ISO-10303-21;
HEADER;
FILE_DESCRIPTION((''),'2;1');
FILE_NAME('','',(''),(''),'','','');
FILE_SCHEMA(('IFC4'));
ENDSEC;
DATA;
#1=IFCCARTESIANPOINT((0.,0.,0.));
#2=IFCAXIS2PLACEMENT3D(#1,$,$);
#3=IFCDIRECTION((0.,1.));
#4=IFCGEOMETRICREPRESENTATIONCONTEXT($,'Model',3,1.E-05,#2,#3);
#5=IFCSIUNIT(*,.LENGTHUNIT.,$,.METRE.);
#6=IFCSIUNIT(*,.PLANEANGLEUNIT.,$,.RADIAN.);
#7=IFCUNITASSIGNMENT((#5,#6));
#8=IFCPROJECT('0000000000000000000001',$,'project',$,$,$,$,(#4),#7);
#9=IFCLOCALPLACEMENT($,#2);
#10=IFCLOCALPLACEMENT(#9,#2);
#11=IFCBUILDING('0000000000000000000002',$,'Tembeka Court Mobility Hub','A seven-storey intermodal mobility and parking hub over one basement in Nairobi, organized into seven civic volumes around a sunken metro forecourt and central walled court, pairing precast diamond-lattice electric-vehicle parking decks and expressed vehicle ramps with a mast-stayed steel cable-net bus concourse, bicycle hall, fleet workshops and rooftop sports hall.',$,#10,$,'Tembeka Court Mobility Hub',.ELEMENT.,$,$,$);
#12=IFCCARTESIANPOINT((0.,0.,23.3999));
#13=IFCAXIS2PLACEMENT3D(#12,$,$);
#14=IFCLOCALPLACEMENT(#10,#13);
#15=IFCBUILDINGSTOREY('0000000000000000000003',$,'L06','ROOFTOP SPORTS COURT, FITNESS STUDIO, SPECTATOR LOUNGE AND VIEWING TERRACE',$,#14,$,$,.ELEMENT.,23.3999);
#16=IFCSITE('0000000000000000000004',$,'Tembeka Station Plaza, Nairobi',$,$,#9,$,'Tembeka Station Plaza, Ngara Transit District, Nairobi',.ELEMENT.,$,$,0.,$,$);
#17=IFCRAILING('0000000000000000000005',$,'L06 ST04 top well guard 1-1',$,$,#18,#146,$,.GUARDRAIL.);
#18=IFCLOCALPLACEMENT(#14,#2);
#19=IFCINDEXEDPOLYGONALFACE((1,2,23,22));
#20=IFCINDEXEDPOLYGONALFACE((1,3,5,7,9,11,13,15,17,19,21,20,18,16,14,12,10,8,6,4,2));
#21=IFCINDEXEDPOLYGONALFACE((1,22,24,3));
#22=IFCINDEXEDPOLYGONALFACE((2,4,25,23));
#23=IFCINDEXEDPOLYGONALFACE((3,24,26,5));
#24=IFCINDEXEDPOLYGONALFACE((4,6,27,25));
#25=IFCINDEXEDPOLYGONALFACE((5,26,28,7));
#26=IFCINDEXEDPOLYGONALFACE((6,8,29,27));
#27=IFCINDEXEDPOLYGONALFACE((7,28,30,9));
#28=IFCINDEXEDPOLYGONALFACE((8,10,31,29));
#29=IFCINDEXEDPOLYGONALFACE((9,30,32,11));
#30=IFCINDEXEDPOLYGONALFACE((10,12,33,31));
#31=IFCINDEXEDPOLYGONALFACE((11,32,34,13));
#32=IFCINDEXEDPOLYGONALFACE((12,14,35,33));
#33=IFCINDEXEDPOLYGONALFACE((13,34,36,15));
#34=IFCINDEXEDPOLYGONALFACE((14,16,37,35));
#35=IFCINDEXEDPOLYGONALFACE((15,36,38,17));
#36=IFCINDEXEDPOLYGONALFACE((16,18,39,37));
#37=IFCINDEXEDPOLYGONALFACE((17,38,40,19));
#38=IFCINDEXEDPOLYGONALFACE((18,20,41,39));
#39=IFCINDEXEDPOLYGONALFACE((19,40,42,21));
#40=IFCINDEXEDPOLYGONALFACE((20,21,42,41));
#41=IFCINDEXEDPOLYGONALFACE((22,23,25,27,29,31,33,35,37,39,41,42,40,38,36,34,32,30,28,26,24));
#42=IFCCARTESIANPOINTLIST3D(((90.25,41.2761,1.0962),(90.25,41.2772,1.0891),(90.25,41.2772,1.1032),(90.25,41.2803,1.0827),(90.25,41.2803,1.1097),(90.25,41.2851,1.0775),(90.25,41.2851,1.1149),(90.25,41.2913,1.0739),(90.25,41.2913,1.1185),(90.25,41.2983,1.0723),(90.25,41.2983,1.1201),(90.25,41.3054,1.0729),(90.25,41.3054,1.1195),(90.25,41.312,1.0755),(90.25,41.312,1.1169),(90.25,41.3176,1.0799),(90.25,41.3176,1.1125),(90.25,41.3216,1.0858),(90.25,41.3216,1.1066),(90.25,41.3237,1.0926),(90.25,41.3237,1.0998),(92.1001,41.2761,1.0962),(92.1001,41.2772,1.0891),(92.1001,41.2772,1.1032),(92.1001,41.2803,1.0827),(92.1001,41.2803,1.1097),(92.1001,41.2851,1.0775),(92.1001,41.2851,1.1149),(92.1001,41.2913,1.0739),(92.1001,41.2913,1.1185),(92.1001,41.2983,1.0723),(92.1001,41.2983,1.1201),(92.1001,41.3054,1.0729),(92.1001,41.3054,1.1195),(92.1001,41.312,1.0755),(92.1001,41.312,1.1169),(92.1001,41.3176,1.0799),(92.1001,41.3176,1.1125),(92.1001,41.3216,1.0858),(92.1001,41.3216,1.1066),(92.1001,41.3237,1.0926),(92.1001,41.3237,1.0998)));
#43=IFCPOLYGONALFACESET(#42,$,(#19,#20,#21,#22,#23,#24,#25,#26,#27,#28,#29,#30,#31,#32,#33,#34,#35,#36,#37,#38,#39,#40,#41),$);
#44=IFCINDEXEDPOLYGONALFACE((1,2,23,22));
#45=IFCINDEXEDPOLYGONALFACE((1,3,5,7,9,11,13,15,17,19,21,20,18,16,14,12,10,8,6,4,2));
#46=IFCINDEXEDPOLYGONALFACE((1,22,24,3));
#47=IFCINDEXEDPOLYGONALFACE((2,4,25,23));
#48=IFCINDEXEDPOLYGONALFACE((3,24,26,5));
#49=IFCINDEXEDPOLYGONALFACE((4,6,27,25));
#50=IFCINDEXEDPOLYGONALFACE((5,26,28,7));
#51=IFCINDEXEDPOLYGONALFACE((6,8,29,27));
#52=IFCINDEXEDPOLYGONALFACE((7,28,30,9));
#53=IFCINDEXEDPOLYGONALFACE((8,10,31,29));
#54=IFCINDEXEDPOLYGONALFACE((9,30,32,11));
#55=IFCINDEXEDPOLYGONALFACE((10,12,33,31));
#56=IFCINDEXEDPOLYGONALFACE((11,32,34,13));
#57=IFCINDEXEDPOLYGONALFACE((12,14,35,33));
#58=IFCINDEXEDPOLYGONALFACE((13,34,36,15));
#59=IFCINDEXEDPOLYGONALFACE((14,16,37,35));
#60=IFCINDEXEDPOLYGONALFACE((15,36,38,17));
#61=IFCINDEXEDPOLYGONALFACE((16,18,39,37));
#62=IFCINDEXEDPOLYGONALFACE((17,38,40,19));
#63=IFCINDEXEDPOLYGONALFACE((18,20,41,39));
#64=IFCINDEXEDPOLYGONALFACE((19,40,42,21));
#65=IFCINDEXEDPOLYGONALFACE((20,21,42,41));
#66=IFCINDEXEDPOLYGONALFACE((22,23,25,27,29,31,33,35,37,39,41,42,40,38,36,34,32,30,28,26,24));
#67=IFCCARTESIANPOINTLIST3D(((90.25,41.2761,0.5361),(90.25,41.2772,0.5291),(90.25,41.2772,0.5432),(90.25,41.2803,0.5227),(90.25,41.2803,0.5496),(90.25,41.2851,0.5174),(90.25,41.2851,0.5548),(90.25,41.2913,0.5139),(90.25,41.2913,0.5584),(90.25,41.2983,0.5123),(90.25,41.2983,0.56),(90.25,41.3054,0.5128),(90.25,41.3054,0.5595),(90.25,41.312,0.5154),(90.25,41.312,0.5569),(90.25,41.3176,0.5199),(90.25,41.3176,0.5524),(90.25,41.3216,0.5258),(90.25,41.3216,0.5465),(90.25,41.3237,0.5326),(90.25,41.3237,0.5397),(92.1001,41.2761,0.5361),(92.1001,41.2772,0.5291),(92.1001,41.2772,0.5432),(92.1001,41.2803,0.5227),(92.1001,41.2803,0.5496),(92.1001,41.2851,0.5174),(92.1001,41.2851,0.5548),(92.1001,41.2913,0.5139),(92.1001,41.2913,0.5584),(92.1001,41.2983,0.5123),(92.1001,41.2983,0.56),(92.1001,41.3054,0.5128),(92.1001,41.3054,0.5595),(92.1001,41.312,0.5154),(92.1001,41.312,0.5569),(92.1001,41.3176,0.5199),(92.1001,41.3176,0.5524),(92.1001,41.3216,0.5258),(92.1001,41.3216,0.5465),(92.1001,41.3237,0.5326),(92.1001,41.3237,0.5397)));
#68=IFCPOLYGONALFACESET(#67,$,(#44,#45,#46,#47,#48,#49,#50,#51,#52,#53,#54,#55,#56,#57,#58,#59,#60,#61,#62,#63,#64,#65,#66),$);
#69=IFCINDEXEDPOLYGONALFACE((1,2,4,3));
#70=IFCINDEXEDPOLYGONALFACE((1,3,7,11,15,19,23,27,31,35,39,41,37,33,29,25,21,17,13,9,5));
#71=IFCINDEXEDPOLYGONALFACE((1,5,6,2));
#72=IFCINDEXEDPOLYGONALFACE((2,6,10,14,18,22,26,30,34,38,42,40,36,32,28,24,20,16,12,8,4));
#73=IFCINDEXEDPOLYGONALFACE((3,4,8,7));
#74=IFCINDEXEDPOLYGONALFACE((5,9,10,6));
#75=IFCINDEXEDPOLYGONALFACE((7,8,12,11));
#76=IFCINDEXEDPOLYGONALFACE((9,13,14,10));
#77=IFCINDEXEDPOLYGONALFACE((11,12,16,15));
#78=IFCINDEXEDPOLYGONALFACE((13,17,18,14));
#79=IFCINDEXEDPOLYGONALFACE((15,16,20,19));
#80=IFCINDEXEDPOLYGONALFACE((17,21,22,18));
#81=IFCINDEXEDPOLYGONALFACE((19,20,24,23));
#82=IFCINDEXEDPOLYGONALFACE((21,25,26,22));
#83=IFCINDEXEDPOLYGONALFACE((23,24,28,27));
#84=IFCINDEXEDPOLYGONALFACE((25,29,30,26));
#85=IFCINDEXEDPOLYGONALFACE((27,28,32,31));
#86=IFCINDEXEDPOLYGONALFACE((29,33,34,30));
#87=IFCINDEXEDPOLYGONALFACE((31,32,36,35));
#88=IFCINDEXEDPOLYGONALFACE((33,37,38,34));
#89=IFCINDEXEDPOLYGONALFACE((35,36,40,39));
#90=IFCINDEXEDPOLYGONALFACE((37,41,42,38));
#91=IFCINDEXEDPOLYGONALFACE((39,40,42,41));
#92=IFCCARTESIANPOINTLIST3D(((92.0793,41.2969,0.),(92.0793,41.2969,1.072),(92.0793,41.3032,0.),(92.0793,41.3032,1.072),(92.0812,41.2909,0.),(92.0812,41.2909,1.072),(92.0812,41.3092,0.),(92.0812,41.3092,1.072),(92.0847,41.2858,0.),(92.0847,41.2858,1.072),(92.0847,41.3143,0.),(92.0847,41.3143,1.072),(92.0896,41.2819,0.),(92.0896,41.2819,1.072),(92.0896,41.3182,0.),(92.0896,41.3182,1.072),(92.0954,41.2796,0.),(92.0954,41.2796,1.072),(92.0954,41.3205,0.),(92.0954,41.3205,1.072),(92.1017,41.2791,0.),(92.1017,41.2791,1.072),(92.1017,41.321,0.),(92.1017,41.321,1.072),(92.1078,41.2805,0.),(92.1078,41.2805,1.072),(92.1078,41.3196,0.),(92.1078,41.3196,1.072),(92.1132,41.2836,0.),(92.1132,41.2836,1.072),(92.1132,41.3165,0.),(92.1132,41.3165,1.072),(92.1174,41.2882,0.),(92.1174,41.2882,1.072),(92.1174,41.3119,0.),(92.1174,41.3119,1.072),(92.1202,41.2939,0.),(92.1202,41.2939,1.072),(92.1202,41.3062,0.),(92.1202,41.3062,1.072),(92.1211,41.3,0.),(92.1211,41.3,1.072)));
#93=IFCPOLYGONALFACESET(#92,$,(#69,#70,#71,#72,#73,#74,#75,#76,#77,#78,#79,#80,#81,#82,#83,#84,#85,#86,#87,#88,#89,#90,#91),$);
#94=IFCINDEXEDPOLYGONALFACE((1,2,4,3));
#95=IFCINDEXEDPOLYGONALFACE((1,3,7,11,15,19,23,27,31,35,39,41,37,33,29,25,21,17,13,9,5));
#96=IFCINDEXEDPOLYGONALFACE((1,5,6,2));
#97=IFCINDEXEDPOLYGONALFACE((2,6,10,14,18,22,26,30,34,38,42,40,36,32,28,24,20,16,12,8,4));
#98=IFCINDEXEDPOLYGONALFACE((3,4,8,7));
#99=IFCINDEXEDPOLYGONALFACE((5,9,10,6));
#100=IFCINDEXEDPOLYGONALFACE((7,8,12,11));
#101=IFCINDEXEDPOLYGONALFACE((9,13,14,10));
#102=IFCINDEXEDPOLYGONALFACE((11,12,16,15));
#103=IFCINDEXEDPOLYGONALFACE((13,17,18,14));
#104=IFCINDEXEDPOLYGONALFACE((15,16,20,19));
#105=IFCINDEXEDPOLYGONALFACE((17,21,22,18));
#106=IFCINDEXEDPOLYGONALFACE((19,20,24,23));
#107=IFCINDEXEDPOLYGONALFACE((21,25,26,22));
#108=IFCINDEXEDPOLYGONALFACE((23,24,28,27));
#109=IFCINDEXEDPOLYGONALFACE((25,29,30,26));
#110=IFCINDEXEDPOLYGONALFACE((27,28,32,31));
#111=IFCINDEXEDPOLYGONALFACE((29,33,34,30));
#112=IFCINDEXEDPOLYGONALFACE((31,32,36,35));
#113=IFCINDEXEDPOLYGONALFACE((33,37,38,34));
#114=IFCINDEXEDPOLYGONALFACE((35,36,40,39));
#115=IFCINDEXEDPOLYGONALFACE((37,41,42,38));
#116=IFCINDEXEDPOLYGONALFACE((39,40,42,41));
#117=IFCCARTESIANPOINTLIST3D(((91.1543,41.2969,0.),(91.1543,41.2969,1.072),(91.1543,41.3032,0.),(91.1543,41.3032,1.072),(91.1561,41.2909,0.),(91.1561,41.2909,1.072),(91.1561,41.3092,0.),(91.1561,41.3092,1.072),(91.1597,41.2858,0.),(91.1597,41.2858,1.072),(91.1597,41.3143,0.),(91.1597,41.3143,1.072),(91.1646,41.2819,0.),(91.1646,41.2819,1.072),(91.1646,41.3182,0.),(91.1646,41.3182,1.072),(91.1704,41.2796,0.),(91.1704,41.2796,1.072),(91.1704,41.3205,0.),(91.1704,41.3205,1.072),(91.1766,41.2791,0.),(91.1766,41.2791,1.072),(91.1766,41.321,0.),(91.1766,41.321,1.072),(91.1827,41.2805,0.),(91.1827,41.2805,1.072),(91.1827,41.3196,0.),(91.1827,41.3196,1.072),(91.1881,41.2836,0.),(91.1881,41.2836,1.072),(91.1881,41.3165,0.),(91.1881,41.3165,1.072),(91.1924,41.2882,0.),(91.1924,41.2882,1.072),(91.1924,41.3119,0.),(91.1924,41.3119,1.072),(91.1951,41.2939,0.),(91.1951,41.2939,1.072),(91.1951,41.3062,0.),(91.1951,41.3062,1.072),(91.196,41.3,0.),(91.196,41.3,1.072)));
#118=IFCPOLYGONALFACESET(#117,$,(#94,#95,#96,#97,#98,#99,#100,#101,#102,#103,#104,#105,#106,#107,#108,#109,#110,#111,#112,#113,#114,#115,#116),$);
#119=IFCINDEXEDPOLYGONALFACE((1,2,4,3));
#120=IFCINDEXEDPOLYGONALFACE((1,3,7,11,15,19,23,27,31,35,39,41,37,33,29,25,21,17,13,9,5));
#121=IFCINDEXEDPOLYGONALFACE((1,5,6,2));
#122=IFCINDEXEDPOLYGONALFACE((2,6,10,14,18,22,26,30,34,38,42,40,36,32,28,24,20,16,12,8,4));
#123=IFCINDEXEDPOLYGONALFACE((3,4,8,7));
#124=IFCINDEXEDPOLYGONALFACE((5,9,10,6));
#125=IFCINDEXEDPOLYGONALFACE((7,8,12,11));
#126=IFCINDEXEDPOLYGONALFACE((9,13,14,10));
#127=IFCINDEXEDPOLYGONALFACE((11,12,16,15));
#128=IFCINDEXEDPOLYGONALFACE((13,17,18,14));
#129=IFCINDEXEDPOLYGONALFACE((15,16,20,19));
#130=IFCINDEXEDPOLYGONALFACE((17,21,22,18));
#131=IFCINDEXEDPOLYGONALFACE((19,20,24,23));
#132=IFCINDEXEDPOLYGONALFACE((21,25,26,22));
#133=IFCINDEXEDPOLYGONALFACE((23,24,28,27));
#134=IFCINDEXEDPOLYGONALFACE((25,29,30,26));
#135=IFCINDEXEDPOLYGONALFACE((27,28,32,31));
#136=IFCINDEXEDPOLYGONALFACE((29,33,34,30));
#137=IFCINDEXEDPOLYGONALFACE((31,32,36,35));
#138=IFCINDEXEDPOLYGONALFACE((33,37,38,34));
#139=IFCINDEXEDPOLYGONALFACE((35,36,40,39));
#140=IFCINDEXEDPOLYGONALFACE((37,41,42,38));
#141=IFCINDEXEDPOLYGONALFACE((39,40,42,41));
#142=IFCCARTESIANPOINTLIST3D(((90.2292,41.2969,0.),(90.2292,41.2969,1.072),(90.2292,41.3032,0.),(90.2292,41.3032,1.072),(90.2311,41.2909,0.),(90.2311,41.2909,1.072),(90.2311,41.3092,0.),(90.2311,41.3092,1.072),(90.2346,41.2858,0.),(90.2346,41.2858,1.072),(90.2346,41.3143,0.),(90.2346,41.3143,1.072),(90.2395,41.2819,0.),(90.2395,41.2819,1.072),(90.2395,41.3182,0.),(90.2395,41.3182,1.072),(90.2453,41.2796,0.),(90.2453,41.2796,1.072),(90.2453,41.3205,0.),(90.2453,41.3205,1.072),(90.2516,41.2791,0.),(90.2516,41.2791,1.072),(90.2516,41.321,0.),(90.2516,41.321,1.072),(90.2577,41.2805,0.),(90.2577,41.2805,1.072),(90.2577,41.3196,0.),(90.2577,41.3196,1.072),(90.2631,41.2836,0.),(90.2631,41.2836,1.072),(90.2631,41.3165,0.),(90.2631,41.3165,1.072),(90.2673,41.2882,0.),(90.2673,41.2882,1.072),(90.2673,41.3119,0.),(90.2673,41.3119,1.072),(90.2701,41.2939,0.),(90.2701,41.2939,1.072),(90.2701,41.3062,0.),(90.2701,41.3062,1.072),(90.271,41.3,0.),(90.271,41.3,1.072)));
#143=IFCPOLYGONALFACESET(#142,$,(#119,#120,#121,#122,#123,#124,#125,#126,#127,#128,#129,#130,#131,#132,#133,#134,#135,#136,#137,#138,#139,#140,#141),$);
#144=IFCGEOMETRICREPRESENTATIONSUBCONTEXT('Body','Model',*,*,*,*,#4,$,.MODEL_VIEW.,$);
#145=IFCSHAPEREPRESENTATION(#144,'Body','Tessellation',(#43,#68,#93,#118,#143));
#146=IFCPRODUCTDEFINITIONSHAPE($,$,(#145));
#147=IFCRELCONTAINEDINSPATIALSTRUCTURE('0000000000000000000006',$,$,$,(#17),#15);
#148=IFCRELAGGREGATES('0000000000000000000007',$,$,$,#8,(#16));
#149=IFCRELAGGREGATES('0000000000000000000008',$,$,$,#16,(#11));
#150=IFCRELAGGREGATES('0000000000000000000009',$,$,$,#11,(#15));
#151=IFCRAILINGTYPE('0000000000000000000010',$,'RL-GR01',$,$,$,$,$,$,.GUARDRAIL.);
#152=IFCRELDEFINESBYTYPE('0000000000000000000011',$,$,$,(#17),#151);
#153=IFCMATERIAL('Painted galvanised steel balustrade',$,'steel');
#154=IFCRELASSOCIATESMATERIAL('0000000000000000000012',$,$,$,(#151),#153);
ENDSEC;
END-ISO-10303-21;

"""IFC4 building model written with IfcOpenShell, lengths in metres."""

from ifc_helpers import new_model, si_unit, direction, frame, origin, origin_2d, place, context, subcontext, project, spatial, circle, extrude, material, type_object, element, save


model = new_model("IFC4")

# Units and contexts
model_context = context("Model", 3, precision=1e-05, world=origin(), true_north=direction((0.0, 1.0)))
body_context = subcontext(model_context, "Body", "Model", "MODEL_VIEW")
ifc_project = project(units=[si_unit("LENGTHUNIT", "METRE"), si_unit("PLANEANGLEUNIT", "RADIAN")], contexts=[model_context])

# Site, building, storey
site_placement = place(None, origin())
site = spatial("IfcSite", under=ifc_project, at=site_placement, Name="Tembeka Station Plaza, Nairobi", LongName="Tembeka Station Plaza, Ngara Transit District, Nairobi", CompositionType="ELEMENT", RefElevation=0.0)
building_placement = place(site_placement, origin())
building = spatial("IfcBuilding", under=site, at=building_placement, Name="Tembeka Court Mobility Hub", Description="A seven-storey intermodal mobility and parking hub over one basement in Nairobi, organized into seven civic volumes around a sunken metro forecourt and central walled court, pairing precast diamond-lattice electric-vehicle parking decks and expressed vehicle ramps with a mast-stayed steel cable-net bus concourse, bicycle hall, fleet workshops and rooftop sports hall.", LongName="Tembeka Court Mobility Hub", CompositionType="ELEMENT")
storey_placement = place(building_placement, frame((0.0, 0.0, 23.3999)))
storey = spatial("IfcBuildingStorey", under=building, at=storey_placement, Name="L06", Description="ROOFTOP SPORTS COURT, FITNESS STUDIO, SPECTATOR LOUNGE AND VIEWING TERRACE", CompositionType="ELEMENT", Elevation=23.3999)

# Railing
ifc_material_1 = material(Name="Painted galvanised steel balustrade", Category="steel")
railing_type = type_object("IfcRailingType", Name="RL-GR01", PredefinedType="GUARDRAIL", material=ifc_material_1)
railing_placement = place(storey_placement, frame((92.1001, 41.3, 0.0)))
element("IfcRailing", 1, at=railing_placement, inside=storey, type_object=railing_type, Name="L06 ST04 top well guard 1-1", PredefinedType="GUARDRAIL", context=body_context, shape_type="SweptSolid", body=[
    extrude(circle(Radius=0.0239, at=origin_2d()), frame((0.0, 0.0, 1.0962), z_axis=(-1.0, 0.0, 0.0), x_axis=(0.0, -1.0, 0.0)), (0.0, 0.0, 1.0), 1.8501),
    extrude(circle(Radius=0.0239, at=origin_2d()), frame((0.0, 0.0, 0.5361), z_axis=(-1.0, 0.0, 0.0), x_axis=(0.0, -1.0, 0.0)), (0.0, 0.0, 1.0), 1.8501),
    extrude(circle(Radius=0.021, at=origin_2d()), origin(), (0.0, 0.0, 1.0), 1.072),
    extrude(circle(Radius=0.021, at=origin_2d()), frame((-0.925, 0.0, 0.0)), (0.0, 0.0, 1.0), 1.072),
    extrude(circle(Radius=0.021, at=origin_2d()), frame((-1.8501, 0.0, 0.0)), (0.0, 0.0, 1.0), 1.072),
])

save(model, "model.ifc")
